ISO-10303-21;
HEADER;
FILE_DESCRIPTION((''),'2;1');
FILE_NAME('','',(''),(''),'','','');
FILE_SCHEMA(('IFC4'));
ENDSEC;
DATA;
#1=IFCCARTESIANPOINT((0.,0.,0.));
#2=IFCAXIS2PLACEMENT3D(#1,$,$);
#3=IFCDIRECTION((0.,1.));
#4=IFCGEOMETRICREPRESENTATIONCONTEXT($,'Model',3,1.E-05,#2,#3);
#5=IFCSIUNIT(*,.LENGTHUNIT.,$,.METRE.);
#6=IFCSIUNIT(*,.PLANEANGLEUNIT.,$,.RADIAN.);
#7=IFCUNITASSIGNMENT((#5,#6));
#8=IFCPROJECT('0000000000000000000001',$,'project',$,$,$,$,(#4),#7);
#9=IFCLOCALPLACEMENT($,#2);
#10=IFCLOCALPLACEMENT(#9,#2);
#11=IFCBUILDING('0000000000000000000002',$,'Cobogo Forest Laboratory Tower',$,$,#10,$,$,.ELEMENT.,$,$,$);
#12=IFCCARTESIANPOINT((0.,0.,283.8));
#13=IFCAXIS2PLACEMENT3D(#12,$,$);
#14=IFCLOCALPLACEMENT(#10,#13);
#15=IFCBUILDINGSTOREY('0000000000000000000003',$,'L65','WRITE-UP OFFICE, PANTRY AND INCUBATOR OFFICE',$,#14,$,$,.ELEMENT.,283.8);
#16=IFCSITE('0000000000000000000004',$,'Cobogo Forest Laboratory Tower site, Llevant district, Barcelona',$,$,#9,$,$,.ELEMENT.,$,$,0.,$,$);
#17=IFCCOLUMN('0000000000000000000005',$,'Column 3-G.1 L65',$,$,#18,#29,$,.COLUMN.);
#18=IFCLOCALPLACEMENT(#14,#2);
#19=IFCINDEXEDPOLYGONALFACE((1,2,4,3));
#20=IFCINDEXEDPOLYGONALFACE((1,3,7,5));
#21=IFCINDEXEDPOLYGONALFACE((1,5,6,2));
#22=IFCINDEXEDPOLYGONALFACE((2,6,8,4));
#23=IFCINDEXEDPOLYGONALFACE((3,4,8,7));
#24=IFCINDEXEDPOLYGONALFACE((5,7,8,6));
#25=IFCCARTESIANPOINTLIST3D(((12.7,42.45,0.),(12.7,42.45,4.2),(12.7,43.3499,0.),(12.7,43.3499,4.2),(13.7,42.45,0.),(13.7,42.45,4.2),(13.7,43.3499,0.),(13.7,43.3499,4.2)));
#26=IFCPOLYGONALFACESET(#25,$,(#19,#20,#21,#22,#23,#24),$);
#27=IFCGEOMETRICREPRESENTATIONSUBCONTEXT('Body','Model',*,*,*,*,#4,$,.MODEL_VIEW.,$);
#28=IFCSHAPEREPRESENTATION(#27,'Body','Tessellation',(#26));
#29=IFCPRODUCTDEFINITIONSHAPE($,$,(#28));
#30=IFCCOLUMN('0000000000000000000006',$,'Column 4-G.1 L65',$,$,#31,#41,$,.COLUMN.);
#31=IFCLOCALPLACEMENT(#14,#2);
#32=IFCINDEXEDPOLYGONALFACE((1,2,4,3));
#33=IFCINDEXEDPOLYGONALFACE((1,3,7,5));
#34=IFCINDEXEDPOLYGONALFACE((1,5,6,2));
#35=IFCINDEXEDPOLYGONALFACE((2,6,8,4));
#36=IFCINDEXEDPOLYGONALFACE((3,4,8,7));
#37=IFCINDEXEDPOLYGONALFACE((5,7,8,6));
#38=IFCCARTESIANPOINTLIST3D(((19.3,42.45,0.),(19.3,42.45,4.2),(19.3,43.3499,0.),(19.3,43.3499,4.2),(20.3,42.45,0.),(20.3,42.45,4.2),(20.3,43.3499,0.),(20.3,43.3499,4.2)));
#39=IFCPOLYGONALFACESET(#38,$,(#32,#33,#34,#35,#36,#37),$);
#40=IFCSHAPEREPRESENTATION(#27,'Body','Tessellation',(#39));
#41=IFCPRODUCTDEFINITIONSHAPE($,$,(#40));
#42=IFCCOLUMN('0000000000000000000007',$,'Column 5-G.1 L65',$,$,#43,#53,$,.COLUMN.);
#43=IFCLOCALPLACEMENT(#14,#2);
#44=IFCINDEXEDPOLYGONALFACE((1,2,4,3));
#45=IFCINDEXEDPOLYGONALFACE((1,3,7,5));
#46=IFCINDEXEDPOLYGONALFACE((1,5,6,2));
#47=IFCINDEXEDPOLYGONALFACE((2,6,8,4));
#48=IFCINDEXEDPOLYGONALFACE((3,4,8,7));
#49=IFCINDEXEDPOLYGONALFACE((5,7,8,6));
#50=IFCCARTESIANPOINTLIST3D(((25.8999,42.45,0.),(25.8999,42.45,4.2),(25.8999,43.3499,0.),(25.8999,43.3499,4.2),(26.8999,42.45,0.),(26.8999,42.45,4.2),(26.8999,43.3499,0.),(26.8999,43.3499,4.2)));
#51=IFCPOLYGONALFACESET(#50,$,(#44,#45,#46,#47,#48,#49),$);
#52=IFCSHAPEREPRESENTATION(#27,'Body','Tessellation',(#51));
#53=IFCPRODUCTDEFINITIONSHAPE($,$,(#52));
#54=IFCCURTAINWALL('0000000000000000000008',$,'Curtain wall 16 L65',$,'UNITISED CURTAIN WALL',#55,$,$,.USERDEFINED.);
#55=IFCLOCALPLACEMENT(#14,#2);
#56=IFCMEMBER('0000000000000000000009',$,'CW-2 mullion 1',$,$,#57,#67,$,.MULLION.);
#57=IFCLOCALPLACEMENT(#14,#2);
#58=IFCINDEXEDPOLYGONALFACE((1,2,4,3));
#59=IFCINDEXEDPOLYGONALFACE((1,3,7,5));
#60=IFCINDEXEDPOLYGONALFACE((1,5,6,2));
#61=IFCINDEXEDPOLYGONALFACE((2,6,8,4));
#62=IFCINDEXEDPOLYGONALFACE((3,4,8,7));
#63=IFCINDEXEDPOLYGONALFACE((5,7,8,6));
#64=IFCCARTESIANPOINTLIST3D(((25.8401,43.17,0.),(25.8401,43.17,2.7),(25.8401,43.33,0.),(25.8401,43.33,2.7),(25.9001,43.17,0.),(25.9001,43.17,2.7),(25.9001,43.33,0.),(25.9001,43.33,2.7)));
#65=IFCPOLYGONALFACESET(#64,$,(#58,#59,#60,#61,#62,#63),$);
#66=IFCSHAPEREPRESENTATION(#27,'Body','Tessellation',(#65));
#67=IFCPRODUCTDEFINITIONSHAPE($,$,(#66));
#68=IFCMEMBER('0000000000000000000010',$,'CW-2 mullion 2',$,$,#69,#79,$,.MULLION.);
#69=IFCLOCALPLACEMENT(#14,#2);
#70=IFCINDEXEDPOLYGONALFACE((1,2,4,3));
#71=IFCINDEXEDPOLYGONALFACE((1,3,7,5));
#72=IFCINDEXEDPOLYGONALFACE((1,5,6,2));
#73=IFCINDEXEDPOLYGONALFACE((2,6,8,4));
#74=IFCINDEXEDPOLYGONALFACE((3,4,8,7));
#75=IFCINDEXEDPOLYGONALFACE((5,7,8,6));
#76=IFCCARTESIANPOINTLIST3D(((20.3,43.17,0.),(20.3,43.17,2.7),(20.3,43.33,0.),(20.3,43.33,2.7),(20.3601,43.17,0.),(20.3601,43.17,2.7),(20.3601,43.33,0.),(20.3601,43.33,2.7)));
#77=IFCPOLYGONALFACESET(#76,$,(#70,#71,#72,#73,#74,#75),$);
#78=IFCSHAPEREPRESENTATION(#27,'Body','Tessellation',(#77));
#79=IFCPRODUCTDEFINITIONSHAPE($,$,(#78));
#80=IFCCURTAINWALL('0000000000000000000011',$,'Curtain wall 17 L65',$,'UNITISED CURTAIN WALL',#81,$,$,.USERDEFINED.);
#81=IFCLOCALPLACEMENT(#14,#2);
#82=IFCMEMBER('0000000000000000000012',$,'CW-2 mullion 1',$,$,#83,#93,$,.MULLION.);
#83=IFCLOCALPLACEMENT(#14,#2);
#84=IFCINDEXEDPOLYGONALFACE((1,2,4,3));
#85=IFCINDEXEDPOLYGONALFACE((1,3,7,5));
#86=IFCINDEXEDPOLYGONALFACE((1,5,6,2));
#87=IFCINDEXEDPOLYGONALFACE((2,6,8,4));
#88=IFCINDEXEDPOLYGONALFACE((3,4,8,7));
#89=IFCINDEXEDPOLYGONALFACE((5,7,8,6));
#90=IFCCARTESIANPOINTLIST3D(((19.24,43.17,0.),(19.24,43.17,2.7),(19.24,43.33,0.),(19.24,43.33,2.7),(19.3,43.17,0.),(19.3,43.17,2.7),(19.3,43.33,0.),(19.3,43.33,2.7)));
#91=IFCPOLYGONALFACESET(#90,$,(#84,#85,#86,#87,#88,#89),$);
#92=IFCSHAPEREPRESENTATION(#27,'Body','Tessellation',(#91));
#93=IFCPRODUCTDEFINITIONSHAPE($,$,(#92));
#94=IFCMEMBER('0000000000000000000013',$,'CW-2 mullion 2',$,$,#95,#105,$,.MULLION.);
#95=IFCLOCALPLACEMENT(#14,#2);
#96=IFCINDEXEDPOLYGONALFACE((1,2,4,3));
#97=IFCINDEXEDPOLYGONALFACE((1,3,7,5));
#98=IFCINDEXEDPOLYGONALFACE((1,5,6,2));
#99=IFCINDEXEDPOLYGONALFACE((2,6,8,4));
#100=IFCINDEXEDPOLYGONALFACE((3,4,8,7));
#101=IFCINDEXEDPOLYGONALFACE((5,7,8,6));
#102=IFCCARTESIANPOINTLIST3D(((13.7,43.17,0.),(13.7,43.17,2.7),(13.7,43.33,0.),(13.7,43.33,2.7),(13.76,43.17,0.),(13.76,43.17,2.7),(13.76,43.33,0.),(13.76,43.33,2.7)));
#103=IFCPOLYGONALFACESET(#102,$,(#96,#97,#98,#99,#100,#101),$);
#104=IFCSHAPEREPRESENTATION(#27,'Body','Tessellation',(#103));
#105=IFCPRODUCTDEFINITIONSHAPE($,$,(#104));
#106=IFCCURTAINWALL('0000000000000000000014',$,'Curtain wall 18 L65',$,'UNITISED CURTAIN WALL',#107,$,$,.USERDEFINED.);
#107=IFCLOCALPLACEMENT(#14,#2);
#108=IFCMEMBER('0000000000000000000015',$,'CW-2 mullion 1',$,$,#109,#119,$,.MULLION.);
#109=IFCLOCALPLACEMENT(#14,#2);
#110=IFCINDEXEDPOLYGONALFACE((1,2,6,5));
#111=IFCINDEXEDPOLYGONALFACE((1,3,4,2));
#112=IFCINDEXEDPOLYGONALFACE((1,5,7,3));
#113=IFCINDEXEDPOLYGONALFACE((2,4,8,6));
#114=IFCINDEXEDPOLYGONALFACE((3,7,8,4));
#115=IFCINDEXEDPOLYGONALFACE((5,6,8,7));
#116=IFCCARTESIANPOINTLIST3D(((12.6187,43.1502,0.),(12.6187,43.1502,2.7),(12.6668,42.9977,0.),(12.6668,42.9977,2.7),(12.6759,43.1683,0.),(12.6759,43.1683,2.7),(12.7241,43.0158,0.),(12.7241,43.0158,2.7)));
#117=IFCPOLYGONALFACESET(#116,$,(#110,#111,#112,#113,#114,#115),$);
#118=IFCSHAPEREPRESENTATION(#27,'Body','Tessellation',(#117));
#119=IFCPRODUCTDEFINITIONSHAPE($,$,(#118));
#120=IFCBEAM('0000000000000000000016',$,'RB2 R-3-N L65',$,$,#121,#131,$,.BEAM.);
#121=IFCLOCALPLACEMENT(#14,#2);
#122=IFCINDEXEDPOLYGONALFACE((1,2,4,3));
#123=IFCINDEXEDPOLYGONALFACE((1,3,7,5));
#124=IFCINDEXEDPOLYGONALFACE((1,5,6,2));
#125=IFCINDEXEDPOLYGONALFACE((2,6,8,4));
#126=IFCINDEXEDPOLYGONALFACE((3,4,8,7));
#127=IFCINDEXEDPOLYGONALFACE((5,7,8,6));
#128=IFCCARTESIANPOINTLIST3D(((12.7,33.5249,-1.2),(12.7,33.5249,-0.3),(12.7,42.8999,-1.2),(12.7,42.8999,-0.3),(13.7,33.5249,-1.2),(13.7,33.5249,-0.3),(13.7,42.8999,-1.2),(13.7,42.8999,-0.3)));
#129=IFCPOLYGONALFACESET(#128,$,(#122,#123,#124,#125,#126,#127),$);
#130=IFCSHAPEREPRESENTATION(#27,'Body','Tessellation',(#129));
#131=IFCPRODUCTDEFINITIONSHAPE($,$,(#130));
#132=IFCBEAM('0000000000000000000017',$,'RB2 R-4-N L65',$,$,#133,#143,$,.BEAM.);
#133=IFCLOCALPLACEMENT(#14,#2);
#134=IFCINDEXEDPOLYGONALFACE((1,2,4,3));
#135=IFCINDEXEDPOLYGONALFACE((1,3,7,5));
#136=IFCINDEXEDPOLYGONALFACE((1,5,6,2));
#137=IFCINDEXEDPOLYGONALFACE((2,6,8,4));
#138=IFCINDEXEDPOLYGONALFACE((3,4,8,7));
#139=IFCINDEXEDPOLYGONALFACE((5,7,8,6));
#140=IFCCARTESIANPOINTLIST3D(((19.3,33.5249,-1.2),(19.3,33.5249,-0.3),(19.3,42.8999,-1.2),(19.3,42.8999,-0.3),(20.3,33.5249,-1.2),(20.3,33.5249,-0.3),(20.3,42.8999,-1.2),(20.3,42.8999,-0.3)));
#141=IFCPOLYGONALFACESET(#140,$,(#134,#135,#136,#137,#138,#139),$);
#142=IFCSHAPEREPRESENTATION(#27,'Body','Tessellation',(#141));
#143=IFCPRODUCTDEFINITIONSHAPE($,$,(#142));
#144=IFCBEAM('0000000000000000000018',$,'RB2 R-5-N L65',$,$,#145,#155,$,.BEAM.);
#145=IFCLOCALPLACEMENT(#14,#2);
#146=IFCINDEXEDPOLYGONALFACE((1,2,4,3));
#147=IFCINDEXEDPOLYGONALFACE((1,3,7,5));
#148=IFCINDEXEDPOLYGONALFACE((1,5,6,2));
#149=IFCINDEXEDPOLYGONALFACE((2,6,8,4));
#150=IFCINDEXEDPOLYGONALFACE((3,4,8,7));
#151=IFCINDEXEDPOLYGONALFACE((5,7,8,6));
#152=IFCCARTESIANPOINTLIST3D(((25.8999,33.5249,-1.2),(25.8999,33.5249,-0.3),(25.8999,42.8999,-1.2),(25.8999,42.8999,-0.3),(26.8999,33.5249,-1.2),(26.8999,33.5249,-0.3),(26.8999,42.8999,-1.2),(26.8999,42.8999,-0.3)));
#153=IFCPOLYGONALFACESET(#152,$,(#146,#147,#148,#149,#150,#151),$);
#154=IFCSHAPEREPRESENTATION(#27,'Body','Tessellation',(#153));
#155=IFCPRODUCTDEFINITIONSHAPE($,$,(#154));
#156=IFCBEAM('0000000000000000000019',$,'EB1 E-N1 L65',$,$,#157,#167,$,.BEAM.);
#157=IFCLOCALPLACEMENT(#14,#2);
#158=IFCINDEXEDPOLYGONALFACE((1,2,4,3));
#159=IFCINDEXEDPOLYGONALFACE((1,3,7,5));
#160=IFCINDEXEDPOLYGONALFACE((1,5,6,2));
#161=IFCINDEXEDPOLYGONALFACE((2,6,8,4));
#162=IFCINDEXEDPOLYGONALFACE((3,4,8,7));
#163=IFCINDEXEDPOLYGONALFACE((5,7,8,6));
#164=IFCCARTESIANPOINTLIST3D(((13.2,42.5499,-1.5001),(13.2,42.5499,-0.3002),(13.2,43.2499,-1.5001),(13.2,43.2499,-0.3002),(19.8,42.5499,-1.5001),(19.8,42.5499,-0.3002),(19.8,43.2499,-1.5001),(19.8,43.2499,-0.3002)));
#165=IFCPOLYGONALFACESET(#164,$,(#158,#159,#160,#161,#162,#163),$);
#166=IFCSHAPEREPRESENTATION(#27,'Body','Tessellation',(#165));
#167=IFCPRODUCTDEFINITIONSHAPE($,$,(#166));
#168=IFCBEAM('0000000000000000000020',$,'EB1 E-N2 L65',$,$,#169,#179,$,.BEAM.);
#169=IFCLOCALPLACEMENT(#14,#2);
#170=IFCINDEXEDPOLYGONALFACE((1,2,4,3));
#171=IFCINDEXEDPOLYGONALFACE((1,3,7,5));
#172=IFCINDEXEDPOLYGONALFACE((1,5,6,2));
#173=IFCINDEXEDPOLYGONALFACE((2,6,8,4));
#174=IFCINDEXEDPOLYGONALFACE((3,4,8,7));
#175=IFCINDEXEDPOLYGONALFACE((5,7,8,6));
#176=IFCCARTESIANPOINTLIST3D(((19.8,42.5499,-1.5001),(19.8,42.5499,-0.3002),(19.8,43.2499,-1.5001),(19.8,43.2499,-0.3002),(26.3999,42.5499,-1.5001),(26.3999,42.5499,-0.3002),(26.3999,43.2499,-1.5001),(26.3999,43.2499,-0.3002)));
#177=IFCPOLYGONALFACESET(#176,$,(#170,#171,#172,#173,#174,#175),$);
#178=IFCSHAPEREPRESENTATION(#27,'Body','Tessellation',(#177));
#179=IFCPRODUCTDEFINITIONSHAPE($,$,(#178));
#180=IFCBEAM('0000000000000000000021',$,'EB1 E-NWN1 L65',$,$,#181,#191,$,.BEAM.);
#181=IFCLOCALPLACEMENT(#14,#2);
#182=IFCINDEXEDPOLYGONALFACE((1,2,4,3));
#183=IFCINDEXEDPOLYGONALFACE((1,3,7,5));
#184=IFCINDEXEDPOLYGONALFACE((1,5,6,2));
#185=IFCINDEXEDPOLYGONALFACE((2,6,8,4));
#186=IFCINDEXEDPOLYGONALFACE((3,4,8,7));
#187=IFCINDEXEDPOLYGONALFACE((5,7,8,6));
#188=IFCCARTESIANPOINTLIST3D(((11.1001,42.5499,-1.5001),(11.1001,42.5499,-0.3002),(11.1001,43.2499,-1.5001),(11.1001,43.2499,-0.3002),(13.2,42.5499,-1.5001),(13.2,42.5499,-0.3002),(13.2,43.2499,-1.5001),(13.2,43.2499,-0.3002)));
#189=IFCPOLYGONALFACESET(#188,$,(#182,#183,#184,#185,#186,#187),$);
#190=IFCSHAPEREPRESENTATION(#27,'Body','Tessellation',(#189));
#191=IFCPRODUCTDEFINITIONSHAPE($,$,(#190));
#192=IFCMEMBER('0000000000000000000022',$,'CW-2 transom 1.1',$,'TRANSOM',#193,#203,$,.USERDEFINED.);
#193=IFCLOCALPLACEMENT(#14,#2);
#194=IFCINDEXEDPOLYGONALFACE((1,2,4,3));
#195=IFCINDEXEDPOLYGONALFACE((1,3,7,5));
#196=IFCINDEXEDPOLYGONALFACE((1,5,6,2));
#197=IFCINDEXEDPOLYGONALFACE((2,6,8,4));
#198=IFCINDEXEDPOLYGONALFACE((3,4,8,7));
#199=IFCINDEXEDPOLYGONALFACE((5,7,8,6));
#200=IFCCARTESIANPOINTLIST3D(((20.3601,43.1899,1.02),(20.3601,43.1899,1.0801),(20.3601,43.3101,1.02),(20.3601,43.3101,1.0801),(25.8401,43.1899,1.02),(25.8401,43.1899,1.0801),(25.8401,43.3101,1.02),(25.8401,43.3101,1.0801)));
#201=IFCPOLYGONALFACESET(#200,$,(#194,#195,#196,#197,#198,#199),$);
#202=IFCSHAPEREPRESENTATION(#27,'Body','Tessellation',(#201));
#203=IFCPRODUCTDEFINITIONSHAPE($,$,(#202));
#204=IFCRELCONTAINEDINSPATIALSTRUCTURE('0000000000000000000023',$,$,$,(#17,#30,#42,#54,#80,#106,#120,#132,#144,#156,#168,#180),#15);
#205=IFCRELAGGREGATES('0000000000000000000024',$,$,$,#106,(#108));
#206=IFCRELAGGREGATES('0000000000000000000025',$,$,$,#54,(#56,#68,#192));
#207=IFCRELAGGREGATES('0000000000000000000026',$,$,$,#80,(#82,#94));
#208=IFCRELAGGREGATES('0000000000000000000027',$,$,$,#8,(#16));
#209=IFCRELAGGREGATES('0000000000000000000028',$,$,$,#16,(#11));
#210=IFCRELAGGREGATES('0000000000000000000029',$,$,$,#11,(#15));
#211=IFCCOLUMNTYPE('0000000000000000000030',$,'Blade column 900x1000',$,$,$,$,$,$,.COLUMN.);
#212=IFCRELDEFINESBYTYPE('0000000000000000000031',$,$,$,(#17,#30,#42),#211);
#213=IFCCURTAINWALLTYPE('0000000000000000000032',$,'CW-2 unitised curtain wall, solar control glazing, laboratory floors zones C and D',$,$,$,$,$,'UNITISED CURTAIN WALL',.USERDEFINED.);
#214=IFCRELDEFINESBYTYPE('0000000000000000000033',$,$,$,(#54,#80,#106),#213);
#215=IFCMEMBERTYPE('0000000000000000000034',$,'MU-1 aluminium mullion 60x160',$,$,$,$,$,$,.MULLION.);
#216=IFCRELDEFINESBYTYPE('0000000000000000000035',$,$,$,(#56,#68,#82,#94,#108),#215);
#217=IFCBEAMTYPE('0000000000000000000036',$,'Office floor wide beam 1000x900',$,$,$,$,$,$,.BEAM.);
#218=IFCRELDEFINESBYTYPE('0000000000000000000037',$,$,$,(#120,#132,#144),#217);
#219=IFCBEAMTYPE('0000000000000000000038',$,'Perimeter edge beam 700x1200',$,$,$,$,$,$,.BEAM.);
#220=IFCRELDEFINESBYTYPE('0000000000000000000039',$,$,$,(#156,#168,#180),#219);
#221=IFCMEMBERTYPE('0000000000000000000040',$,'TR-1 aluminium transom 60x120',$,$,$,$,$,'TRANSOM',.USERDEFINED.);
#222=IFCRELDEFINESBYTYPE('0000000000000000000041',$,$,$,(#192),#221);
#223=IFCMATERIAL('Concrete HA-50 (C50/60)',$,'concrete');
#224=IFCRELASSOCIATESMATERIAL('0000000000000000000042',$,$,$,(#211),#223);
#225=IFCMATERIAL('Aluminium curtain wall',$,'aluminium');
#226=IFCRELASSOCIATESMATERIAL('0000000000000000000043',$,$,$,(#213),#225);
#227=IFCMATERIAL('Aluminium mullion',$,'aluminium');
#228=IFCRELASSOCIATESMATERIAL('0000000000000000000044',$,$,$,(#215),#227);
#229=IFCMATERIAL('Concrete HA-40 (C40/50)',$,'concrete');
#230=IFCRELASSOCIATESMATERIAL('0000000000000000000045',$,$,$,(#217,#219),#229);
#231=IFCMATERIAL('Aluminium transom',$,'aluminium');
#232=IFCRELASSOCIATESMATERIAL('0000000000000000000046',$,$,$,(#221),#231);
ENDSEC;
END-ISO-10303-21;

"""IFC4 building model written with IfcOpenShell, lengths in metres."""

from ifc_helpers import new_model, si_unit, direction, frame, origin, origin_2d, place, context, subcontext, project, spatial, rectangle, extrude, material, material_profile, profile_set, type_object, element, aggregate, save


model = new_model("IFC4")

# Units and contexts
model_context = context("Model", 3, precision=1e-05, world=origin(), true_north=direction((0.0, 1.0)))
body_context = subcontext(model_context, "Body", "Model", "MODEL_VIEW")
ifc_project = project(units=[si_unit("LENGTHUNIT", "METRE"), si_unit("PLANEANGLEUNIT", "RADIAN")], contexts=[model_context])

# Site, building, storey
site_placement = place(None, origin())
site = spatial("IfcSite", under=ifc_project, at=site_placement, Name="Cobogo Forest Laboratory Tower site, Llevant district, Barcelona", CompositionType="ELEMENT", RefElevation=0.0)
building_placement = place(site_placement, origin())
building = spatial("IfcBuilding", under=site, at=building_placement, Name="Cobogo Forest Laboratory Tower", CompositionType="ELEMENT")
storey_placement = place(building_placement, frame((0.0, 0.0, 283.8)))
storey = spatial("IfcBuildingStorey", under=building, at=storey_placement, Name="L65", Description="WRITE-UP OFFICE, PANTRY AND INCUBATOR OFFICE", CompositionType="ELEMENT", Elevation=283.8)

# Columns
ifc_material_1 = material(Name="Concrete HA-50 (C50/60)", Category="concrete")
ifc_material_profile_1 = material_profile(ifc_material_1, rectangle(XDim=1.0, YDim=0.8999, at=origin_2d()), Name="RC 900x1000")
ifc_profile_set_1 = profile_set([ifc_material_profile_1], Name="Concrete HA-50 (C50/60)")
column_type = type_object("IfcColumnType", Name="Blade column 900x1000", PredefinedType="COLUMN", material=ifc_profile_set_1)
for number, where, z_axis, x_axis, name in (
    (1, (13.2, 42.8999, 0.0), (0.0, 0.0, 1.0), (1.0, 0.0, 0.0), "Column 3-G.1 L65"),
    (2, (19.8, 42.8999, 0.0), (0.0, 0.0, 1.0), (1.0, 0.0, 0.0), "Column 4-G.1 L65"),
    (3, (26.3999, 42.8999, 0.0), (0.0, 0.0, 1.0), (1.0, 0.0, 0.0), "Column 5-G.1 L65"),
):
    element("IfcColumn", number, at=place(storey_placement, frame(where, z_axis=z_axis, x_axis=x_axis)), inside=storey, type_object=column_type, Name=name, PredefinedType="COLUMN", context=body_context, shape_type="SweptSolid", body=[
        extrude(rectangle(XDim=1.0, YDim=0.8999, at=origin_2d()), origin(), (0.0, 0.0, 1.0), 4.2),
    ])

# Curtain walls, members
ifc_material_2 = material(Name="Aluminium curtain wall", Category="aluminium")
curtain_wall_type = type_object("IfcCurtainWallType", Name="CW-2 unitised curtain wall, solar control glazing, laboratory floors zones C and D", ElementType="UNITISED CURTAIN WALL", PredefinedType="USERDEFINED", material=ifc_material_2)
curtain_wall_1_placement = place(storey_placement, origin())
curtain_wall_1 = element("IfcCurtainWall", 4, at=curtain_wall_1_placement, inside=storey, type_object=curtain_wall_type, Name="Curtain wall 16 L65", ObjectType="UNITISED CURTAIN WALL", PredefinedType="USERDEFINED")
ifc_material_3 = material(Name="Aluminium mullion", Category="aluminium")
ifc_material_profile_2 = material_profile(ifc_material_3, rectangle(XDim=0.0601, YDim=0.1599, at=origin_2d()), Name="AL 60x160")
ifc_profile_set_2 = profile_set([ifc_material_profile_2], Name="Aluminium mullion")
member_type_1 = type_object("IfcMemberType", Name="MU-1 aluminium mullion 60x160", PredefinedType="MULLION", material=ifc_profile_set_2)
member_1_placement = place(storey_placement, frame((25.8701, 43.25, 0.0), z_axis=(0.0, 0.0, 1.0), x_axis=(-1.0, 0.0, 0.0)))
member_1 = element("IfcMember", 5, at=member_1_placement, type_object=member_type_1, Name="CW-2 mullion 1", PredefinedType="MULLION", context=body_context, shape_type="SweptSolid", body=[
    extrude(rectangle(XDim=0.0601, YDim=0.1599, at=origin_2d()), origin(), (0.0, 0.0, 1.0), 2.7),
])
member_2_placement = place(storey_placement, frame((20.3301, 43.25, 0.0), z_axis=(0.0, 0.0, 1.0), x_axis=(-1.0, 0.0, 0.0)))
member_2 = element("IfcMember", 6, at=member_2_placement, type_object=member_type_1, Name="CW-2 mullion 2", PredefinedType="MULLION", context=body_context, shape_type="SweptSolid", body=[
    extrude(rectangle(XDim=0.0601, YDim=0.1599, at=origin_2d()), origin(), (0.0, 0.0, 1.0), 2.7),
])
curtain_wall_2_placement = place(storey_placement, origin())
curtain_wall_2 = element("IfcCurtainWall", 7, at=curtain_wall_2_placement, inside=storey, type_object=curtain_wall_type, Name="Curtain wall 17 L65", ObjectType="UNITISED CURTAIN WALL", PredefinedType="USERDEFINED")
member_3_placement = place(storey_placement, frame((19.27, 43.25, 0.0), z_axis=(0.0, 0.0, 1.0), x_axis=(-1.0, 0.0, 0.0)))
member_3 = element("IfcMember", 8, at=member_3_placement, type_object=member_type_1, Name="CW-2 mullion 1", PredefinedType="MULLION", context=body_context, shape_type="SweptSolid", body=[
    extrude(rectangle(XDim=0.0601, YDim=0.1599, at=origin_2d()), origin(), (0.0, 0.0, 1.0), 2.7),
])
member_4_placement = place(storey_placement, frame((13.73, 43.25, 0.0), z_axis=(0.0, 0.0, 1.0), x_axis=(-1.0, 0.0, 0.0)))
member_4 = element("IfcMember", 9, at=member_4_placement, type_object=member_type_1, Name="CW-2 mullion 2", PredefinedType="MULLION", context=body_context, shape_type="SweptSolid", body=[
    extrude(rectangle(XDim=0.0601, YDim=0.1599, at=origin_2d()), origin(), (0.0, 0.0, 1.0), 2.7),
])

# Curtain wall, member
curtain_wall_3_placement = place(storey_placement, origin())
curtain_wall_3 = element("IfcCurtainWall", 10, at=curtain_wall_3_placement, inside=storey, type_object=curtain_wall_type, Name="Curtain wall 18 L65", ObjectType="UNITISED CURTAIN WALL", PredefinedType="USERDEFINED")
member_5_placement = place(storey_placement, frame((12.6714, 43.083, 0.0), z_axis=(0.0, 0.0, 1.0), x_axis=(-0.953581, -0.301135, 0.0)))
member_5 = element("IfcMember", 11, at=member_5_placement, type_object=member_type_1, Name="CW-2 mullion 1", PredefinedType="MULLION", context=body_context, shape_type="SweptSolid", body=[
    extrude(rectangle(XDim=0.0601, YDim=0.1599, at=origin_2d()), origin(), (0.0, 0.0, 1.0), 2.7),
])
aggregate(curtain_wall_3, [member_5])

# Beams
ifc_material_4 = material(Name="Concrete HA-40 (C40/50)", Category="concrete")
ifc_material_profile_3 = material_profile(ifc_material_4, rectangle(XDim=1.0, YDim=0.8999, at=origin_2d()), Name="RC 1000x900")
ifc_profile_set_3 = profile_set([ifc_material_profile_3], Name="Concrete HA-40 (C40/50)")
beam_type_1 = type_object("IfcBeamType", Name="Office floor wide beam 1000x900", PredefinedType="BEAM", material=ifc_profile_set_3)
for number, where, z_axis, x_axis, name in (
    (12, (13.2, 33.5249, -0.75), (0.0, 1.0, 0.0), (-1.0, 0.0, 0.0), "RB2 R-3-N L65"),
    (13, (19.8, 33.5249, -0.75), (0.0, 1.0, 0.0), (-1.0, 0.0, 0.0), "RB2 R-4-N L65"),
    (14, (26.3999, 33.5249, -0.75), (0.0, 1.0, 0.0), (-1.0, 0.0, 0.0), "RB2 R-5-N L65"),
):
    element("IfcBeam", number, at=place(storey_placement, frame(where, z_axis=z_axis, x_axis=x_axis)), inside=storey, type_object=beam_type_1, Name=name, PredefinedType="BEAM", context=body_context, shape_type="SweptSolid", body=[
        extrude(rectangle(XDim=1.0, YDim=0.8999, at=origin_2d()), origin(), (0.0, 0.0, 1.0), 9.375),
    ])
ifc_material_profile_4 = material_profile(ifc_material_4, rectangle(XDim=0.7, YDim=1.2, at=origin_2d()), Name="RC 700x1200")
ifc_profile_set_4 = profile_set([ifc_material_profile_4], Name="Concrete HA-40 (C40/50)")
beam_type_2 = type_object("IfcBeamType", Name="Perimeter edge beam 700x1200", PredefinedType="BEAM", material=ifc_profile_set_4)
beam_1_placement = place(storey_placement, frame((13.2, 42.8999, -0.9001), z_axis=(1.0, 0.0, 0.0), x_axis=(0.0, 1.0, 0.0)))
element("IfcBeam", 15, at=beam_1_placement, inside=storey, type_object=beam_type_2, Name="EB1 E-N1 L65", PredefinedType="BEAM", context=body_context, shape_type="SweptSolid", body=[
    extrude(rectangle(XDim=0.7, YDim=1.2, at=origin_2d()), origin(), (0.0, 0.0, 1.0), 6.6001),
])
beam_2_placement = place(storey_placement, frame((19.8, 42.8999, -0.9001), z_axis=(1.0, 0.0, 0.0), x_axis=(0.0, 1.0, 0.0)))
element("IfcBeam", 16, at=beam_2_placement, inside=storey, type_object=beam_type_2, Name="EB1 E-N2 L65", PredefinedType="BEAM", context=body_context, shape_type="SweptSolid", body=[
    extrude(rectangle(XDim=0.7, YDim=1.2, at=origin_2d()), origin(), (0.0, 0.0, 1.0), 6.5999),
])
beam_3_placement = place(storey_placement, frame((13.2, 42.8999, -0.9001), z_axis=(-1.0, 0.0, 0.0), x_axis=(0.0, -1.0, 0.0)))
element("IfcBeam", 17, at=beam_3_placement, inside=storey, type_object=beam_type_2, Name="EB1 E-NWN1 L65", PredefinedType="BEAM", context=body_context, shape_type="SweptSolid", body=[
    extrude(rectangle(XDim=0.7, YDim=1.2, at=origin_2d()), origin(), (0.0, 0.0, 1.0), 2.0999),
])

# Member
ifc_material_5 = material(Name="Aluminium transom", Category="aluminium")
ifc_material_profile_5 = material_profile(ifc_material_5, rectangle(XDim=0.1201, YDim=0.0601, at=origin_2d()), Name="AL 60x120")
ifc_profile_set_5 = profile_set([ifc_material_profile_5], Name="Aluminium transom")
member_type_2 = type_object("IfcMemberType", Name="TR-1 aluminium transom 60x120", ElementType="TRANSOM", PredefinedType="USERDEFINED", material=ifc_profile_set_5)
member_6_placement = place(storey_placement, frame((25.8401, 43.25, 1.05), z_axis=(-1.0, 0.0, 0.0), x_axis=(0.0, -1.0, 0.0)))
member_6 = element("IfcMember", 18, at=member_6_placement, type_object=member_type_2, Name="CW-2 transom 1.1", ObjectType="TRANSOM", PredefinedType="USERDEFINED", context=body_context, shape_type="SweptSolid", body=[
    extrude(rectangle(XDim=0.1201, YDim=0.0601, at=origin_2d()), origin(), (0.0, 0.0, 1.0), 5.48),
])

aggregate(curtain_wall_1, [member_1, member_2, member_6])
aggregate(curtain_wall_2, [member_3, member_4])

save(model, "model.ifc")
